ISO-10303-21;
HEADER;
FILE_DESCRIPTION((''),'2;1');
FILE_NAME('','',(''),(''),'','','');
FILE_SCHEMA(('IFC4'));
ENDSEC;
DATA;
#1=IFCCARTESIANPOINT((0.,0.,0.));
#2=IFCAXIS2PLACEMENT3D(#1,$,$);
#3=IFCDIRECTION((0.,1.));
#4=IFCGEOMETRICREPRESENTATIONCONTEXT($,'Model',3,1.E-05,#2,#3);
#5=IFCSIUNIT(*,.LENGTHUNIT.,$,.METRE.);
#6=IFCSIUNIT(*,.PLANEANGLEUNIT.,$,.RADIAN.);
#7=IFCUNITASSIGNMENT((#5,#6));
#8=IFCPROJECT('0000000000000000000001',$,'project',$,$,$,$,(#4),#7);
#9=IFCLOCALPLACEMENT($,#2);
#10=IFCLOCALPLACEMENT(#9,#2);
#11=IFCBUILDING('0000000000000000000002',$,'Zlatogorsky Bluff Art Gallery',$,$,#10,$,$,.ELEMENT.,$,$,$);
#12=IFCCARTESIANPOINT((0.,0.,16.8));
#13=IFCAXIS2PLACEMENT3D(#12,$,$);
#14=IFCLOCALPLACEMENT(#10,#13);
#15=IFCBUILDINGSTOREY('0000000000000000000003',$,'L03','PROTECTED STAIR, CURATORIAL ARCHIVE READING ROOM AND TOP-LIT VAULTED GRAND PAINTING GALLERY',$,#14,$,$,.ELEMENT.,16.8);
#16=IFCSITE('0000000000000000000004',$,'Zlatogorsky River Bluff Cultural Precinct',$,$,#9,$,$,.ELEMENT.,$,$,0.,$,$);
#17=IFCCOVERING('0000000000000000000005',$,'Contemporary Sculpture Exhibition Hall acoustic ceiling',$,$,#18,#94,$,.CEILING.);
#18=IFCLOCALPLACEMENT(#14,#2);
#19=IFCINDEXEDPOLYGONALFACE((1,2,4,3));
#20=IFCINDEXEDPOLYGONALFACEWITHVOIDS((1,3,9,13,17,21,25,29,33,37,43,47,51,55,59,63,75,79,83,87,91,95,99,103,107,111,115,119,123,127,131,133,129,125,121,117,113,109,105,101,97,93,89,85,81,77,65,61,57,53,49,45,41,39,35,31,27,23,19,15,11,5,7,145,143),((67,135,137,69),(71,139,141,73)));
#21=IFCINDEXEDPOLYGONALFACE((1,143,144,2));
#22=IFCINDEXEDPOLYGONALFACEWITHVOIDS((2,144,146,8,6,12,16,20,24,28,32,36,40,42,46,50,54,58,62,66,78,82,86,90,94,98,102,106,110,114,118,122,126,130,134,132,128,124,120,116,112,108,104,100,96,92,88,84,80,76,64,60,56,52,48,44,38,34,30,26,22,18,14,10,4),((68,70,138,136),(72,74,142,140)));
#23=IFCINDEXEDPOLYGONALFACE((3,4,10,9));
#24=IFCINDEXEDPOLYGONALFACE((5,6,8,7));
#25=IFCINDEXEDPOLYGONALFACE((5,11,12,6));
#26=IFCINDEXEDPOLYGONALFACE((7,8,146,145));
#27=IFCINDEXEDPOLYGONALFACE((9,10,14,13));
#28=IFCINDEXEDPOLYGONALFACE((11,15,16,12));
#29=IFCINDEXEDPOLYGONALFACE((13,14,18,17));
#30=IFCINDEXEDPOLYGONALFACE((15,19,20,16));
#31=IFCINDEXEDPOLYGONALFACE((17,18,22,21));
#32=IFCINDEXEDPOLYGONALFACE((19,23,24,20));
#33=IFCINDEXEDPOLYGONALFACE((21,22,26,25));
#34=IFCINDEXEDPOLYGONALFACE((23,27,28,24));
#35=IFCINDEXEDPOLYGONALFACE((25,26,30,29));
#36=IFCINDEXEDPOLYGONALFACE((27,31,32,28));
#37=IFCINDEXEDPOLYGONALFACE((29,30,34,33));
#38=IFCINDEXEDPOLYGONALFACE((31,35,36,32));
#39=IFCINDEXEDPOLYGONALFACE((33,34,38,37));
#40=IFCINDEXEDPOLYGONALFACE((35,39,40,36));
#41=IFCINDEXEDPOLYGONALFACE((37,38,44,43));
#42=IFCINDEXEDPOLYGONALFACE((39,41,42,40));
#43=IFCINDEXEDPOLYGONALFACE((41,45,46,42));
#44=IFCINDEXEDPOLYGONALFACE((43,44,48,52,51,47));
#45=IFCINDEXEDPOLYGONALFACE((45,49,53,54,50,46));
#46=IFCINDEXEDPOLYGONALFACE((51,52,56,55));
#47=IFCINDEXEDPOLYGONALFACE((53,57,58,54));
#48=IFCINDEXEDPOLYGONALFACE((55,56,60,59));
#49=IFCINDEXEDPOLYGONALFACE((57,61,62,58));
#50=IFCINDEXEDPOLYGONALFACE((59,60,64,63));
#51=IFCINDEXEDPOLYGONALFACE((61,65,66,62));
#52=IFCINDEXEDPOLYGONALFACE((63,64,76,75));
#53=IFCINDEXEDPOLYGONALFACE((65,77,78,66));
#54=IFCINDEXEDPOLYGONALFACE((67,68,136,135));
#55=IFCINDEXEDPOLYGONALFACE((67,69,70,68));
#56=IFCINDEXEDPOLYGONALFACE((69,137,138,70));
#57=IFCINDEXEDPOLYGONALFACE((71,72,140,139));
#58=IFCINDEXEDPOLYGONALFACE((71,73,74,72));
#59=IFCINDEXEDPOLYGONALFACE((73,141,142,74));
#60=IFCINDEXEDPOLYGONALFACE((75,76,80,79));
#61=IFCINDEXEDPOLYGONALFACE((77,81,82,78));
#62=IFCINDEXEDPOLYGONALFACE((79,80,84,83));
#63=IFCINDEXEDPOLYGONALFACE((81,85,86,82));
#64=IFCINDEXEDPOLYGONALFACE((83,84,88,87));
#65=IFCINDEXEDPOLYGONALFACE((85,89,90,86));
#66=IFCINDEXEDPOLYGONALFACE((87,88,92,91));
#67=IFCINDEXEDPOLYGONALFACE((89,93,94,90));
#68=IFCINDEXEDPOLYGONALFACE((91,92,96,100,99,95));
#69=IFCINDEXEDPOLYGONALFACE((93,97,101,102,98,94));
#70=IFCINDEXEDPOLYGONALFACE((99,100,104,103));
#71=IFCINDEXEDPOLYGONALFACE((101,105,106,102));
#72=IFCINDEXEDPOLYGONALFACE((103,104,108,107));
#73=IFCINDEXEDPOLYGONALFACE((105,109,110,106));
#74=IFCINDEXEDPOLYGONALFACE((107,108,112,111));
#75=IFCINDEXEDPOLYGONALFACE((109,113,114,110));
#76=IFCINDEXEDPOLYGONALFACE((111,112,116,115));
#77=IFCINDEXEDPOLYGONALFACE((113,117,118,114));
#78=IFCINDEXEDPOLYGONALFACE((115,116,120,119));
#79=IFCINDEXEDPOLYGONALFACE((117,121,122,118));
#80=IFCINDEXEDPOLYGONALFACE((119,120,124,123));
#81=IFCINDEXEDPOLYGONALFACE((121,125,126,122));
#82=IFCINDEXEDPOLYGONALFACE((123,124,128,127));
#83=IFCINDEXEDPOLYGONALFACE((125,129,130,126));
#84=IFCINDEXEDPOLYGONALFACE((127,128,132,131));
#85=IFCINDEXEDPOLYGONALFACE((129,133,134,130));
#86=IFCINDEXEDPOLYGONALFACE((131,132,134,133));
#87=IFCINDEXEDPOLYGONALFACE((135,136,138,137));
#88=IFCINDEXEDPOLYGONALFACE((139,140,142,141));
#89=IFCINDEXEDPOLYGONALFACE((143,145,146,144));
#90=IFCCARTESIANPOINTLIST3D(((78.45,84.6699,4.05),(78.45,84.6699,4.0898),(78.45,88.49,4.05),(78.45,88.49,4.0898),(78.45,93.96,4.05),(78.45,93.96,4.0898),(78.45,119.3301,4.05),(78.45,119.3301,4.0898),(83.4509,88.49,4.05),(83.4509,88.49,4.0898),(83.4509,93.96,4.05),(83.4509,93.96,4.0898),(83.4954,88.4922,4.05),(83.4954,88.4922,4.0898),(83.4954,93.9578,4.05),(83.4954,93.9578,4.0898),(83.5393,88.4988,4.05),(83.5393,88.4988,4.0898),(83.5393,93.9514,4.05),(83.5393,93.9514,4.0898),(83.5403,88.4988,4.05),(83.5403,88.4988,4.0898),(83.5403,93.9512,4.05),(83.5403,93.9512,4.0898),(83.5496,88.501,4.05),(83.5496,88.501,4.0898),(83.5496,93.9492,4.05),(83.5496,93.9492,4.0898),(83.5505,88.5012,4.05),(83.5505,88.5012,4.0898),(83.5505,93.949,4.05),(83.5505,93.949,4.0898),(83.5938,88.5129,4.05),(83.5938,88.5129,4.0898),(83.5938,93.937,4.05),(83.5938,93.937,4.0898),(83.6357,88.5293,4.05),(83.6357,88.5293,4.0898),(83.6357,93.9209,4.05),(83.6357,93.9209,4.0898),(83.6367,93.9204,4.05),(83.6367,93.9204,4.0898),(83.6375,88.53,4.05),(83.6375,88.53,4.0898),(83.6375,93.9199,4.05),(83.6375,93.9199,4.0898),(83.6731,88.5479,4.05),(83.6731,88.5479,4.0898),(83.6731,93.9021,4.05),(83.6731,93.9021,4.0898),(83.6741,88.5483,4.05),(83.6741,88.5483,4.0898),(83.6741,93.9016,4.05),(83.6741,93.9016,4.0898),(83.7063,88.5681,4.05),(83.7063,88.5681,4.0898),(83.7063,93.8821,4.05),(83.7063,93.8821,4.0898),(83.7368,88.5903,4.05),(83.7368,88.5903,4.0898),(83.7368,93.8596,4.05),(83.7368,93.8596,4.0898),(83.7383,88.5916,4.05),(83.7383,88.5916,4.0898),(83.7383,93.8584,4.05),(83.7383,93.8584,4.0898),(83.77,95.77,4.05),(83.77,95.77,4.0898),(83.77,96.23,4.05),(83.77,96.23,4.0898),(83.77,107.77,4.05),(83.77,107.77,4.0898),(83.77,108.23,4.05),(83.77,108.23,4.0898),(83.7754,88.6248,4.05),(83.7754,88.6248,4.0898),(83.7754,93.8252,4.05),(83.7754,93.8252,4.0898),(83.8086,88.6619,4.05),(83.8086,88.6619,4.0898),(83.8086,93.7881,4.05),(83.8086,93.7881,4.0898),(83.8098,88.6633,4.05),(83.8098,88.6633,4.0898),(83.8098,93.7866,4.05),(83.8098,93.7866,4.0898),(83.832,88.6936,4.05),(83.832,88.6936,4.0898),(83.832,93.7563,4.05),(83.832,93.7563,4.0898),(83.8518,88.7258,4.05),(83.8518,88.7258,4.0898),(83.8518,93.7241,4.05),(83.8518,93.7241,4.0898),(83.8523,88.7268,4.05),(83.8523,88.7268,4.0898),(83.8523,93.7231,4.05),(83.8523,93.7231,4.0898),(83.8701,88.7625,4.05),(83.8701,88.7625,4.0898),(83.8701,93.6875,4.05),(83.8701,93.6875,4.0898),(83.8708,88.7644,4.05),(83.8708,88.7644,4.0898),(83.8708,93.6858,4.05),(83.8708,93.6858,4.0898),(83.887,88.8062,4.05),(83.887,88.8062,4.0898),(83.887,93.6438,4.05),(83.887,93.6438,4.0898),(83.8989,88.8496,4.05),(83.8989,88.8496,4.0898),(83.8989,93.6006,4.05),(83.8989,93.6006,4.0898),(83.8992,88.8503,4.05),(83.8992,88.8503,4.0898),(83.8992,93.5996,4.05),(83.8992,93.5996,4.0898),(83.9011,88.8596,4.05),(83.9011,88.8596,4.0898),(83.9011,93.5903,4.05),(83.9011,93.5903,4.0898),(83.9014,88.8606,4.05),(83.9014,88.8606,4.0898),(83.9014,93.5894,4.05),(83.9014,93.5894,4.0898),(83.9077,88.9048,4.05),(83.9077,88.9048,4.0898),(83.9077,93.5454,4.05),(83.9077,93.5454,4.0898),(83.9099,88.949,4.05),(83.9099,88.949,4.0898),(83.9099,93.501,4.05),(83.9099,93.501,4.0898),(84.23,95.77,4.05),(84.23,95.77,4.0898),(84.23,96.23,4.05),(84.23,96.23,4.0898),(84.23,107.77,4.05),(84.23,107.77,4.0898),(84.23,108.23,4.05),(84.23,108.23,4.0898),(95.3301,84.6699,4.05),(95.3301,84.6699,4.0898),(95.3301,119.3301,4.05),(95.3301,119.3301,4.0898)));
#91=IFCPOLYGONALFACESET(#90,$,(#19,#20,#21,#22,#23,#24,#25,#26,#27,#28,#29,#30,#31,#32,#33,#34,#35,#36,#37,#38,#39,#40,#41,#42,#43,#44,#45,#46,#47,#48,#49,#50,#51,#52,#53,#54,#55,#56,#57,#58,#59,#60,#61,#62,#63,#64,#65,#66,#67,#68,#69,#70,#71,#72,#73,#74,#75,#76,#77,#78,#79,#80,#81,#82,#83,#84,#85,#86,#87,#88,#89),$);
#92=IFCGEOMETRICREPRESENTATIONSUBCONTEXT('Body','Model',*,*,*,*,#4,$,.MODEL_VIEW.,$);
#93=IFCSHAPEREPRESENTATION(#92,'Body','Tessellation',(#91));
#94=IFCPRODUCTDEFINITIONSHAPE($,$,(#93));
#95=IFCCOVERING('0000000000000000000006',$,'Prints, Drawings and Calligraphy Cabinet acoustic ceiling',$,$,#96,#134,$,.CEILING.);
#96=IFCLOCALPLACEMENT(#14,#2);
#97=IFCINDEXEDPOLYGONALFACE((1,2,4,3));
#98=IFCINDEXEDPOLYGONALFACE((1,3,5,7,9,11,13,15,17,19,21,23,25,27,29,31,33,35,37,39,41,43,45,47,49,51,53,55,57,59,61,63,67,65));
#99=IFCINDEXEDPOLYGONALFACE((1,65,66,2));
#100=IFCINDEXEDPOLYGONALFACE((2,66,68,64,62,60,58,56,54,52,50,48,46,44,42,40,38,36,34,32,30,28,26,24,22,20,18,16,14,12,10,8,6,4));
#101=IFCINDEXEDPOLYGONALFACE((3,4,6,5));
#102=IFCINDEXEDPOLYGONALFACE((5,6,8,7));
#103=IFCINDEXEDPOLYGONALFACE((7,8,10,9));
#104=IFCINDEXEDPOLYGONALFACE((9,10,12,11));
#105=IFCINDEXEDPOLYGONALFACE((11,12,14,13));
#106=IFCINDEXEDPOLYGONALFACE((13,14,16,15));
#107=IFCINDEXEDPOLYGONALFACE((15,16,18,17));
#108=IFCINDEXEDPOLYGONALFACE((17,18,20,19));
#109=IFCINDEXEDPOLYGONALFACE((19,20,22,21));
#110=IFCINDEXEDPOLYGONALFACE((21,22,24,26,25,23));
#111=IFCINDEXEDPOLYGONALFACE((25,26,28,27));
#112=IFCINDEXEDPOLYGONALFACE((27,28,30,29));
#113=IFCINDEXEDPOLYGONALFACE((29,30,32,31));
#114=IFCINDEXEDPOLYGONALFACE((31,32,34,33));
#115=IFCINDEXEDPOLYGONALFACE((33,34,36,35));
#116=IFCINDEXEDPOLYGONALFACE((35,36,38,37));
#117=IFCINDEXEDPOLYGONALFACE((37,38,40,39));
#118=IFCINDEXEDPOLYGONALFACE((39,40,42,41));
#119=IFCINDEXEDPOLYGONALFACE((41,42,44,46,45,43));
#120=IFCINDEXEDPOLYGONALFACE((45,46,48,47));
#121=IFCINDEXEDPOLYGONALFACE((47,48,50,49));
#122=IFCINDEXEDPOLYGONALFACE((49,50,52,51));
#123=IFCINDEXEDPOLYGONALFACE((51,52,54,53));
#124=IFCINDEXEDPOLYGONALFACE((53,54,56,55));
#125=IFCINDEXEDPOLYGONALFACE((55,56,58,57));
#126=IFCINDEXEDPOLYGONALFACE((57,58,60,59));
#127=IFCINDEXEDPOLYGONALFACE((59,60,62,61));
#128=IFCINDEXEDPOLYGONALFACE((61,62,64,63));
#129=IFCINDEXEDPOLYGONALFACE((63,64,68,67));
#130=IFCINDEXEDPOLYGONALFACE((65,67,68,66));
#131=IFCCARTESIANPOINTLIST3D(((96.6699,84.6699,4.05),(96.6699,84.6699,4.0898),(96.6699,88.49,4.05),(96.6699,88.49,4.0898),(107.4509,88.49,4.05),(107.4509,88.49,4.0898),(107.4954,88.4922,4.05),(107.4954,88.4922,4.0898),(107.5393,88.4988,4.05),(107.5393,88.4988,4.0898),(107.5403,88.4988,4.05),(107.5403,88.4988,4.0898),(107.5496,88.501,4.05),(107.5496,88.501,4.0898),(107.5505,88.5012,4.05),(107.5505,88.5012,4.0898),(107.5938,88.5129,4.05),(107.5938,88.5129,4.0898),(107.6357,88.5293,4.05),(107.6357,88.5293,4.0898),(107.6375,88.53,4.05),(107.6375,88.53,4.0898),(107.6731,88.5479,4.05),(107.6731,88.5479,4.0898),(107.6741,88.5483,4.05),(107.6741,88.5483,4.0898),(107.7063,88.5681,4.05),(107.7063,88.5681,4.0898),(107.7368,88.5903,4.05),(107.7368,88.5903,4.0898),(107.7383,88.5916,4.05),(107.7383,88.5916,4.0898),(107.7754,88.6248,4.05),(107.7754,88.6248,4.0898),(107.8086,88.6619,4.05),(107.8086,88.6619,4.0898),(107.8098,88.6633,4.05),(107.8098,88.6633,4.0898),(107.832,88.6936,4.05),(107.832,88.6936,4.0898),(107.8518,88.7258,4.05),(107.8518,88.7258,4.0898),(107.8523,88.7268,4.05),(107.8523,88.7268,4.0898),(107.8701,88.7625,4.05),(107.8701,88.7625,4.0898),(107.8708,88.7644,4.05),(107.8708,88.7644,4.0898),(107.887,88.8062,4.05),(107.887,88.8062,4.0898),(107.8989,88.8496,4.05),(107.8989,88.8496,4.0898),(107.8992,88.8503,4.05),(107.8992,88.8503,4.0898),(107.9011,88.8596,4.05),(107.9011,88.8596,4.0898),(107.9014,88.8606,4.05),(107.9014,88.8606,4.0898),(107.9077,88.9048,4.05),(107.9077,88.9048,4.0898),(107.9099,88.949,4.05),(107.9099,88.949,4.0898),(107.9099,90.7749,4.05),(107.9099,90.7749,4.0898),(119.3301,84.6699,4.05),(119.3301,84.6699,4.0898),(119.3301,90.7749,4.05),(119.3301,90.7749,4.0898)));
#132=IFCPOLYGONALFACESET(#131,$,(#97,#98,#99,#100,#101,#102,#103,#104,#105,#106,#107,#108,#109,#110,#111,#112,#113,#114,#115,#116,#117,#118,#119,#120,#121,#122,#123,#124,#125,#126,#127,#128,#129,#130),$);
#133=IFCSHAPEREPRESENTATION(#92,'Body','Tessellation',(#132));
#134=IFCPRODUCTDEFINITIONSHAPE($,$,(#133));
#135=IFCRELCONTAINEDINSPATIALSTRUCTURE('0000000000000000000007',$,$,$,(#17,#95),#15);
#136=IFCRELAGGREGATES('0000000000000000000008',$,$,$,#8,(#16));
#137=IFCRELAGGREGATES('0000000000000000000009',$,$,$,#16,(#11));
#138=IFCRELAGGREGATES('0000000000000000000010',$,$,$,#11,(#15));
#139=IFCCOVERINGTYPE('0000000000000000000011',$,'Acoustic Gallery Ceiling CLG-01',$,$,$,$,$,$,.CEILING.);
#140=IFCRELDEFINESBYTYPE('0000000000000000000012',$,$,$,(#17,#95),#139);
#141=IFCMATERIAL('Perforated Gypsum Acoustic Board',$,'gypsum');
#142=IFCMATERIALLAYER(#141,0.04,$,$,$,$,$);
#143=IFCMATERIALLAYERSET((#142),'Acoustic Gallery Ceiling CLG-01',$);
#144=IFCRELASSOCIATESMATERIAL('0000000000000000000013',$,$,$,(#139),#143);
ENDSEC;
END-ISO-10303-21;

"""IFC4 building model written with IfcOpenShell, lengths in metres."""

from ifc_helpers import new_model, si_unit, direction, frame, origin, place, context, subcontext, project, spatial, polyline, outline, extrude, material, layer, layer_set, type_object, element, save


model = new_model("IFC4")

# Units and contexts
model_context = context("Model", 3, precision=1e-05, world=origin(), true_north=direction((0.0, 1.0)))
body_context = subcontext(model_context, "Body", "Model", "MODEL_VIEW")
ifc_project = project(units=[si_unit("LENGTHUNIT", "METRE"), si_unit("PLANEANGLEUNIT", "RADIAN")], contexts=[model_context])

# Site, building, storey
site_placement = place(None, origin())
site = spatial("IfcSite", under=ifc_project, at=site_placement, Name="Zlatogorsky River Bluff Cultural Precinct", CompositionType="ELEMENT", RefElevation=0.0)
building_placement = place(site_placement, origin())
building = spatial("IfcBuilding", under=site, at=building_placement, Name="Zlatogorsky Bluff Art Gallery", CompositionType="ELEMENT")
storey_placement = place(building_placement, frame((0.0, 0.0, 16.8)))
storey = spatial("IfcBuildingStorey", under=building, at=storey_placement, Name="L03", Description="PROTECTED STAIR, CURATORIAL ARCHIVE READING ROOM AND TOP-LIT VAULTED GRAND PAINTING GALLERY", CompositionType="ELEMENT", Elevation=16.8)

# Coverings
ifc_material_1 = material(Name="Perforated Gypsum Acoustic Board", Category="gypsum")
ifc_layer_1 = layer(ifc_material_1, 0.04)
ifc_layer_set_1 = layer_set([ifc_layer_1], Name="Acoustic Gallery Ceiling CLG-01")
covering_type_1 = type_object("IfcCoveringType", Name="Acoustic Gallery Ceiling CLG-01", PredefinedType="CEILING", material=ifc_layer_set_1)
covering_1_placement = place(storey_placement, frame((0.0, 0.0, 4.05)))
element("IfcCovering", 1, at=covering_1_placement, inside=storey, type_object=covering_type_1, Name="Contemporary Sculpture Exhibition Hall acoustic ceiling", PredefinedType="CEILING", context=body_context, shape_type="SweptSolid", body=[
    extrude(outline(polyline([(78.45, 84.6699), (78.45, 88.49), (83.4509, 88.49), (83.4954, 88.4922), (83.5393, 88.4988), (83.5403, 88.4988), (83.5496, 88.501), (83.5505, 88.5012), (83.5938, 88.5129), (83.6357, 88.5293), (83.6375, 88.53), (83.6731, 88.5479), (83.6741, 88.5483), (83.7063, 88.5681), (83.7368, 88.5903), (83.7383, 88.5916), (83.7754, 88.6248), (83.8086, 88.6619), (83.8098, 88.6633), (83.832, 88.6936), (83.8518, 88.7258), (83.8523, 88.7268), (83.8701, 88.7625), (83.8708, 88.7644), (83.887, 88.8062), (83.8989, 88.8496), (83.8992, 88.8503), (83.9011, 88.8596), (83.9014, 88.8606), (83.9077, 88.9048), (83.9099, 88.949), (83.9099, 93.501), (83.9077, 93.5454), (83.9014, 93.5894), (83.9011, 93.5903), (83.8992, 93.5996), (83.8989, 93.6006), (83.887, 93.6438), (83.8708, 93.6858), (83.8701, 93.6875), (83.8523, 93.7231), (83.8518, 93.7241), (83.832, 93.7563), (83.8098, 93.7866), (83.8086, 93.7881), (83.7754, 93.8252), (83.7383, 93.8584), (83.7368, 93.8596), (83.7063, 93.8821), (83.6741, 93.9016), (83.6731, 93.9021), (83.6375, 93.9199), (83.6367, 93.9204), (83.6357, 93.9209), (83.5938, 93.937), (83.5505, 93.949), (83.5496, 93.9492), (83.5403, 93.9512), (83.5393, 93.9514), (83.4954, 93.9578), (83.4509, 93.96), (78.45, 93.96), (78.45, 119.3301), (95.3301, 119.3301), (95.3301, 84.6699), (78.45, 84.6699)]), holes=[polyline([(83.77, 95.77), (84.23, 95.77), (84.23, 96.23), (83.77, 96.23), (83.77, 95.77)]), polyline([(83.77, 107.77), (84.23, 107.77), (84.23, 108.23), (83.77, 108.23), (83.77, 107.77)])]), origin(), (0.0, 0.0, 1.0), 0.0398),
])
covering_2_placement = place(storey_placement, frame((0.0, 0.0, 4.05)))
element("IfcCovering", 2, at=covering_2_placement, inside=storey, type_object=covering_type_1, Name="Prints, Drawings and Calligraphy Cabinet acoustic ceiling", PredefinedType="CEILING", context=body_context, shape_type="SweptSolid", body=[
    extrude(outline(polyline([(107.4509, 88.49), (107.4954, 88.4922), (107.5393, 88.4988), (107.5403, 88.4988), (107.5496, 88.501), (107.5505, 88.5012), (107.5938, 88.5129), (107.6357, 88.5293), (107.6375, 88.53), (107.6731, 88.5479), (107.6741, 88.5483), (107.7063, 88.5681), (107.7368, 88.5903), (107.7383, 88.5916), (107.7754, 88.6248), (107.8086, 88.6619), (107.8098, 88.6633), (107.832, 88.6936), (107.8518, 88.7258), (107.8523, 88.7268), (107.8701, 88.7625), (107.8708, 88.7644), (107.887, 88.8062), (107.8989, 88.8496), (107.8992, 88.8503), (107.9011, 88.8596), (107.9014, 88.8606), (107.9077, 88.9048), (107.9099, 88.949), (107.9099, 90.7749), (119.3301, 90.7749), (119.3301, 84.6699), (96.6699, 84.6699), (96.6699, 88.49), (107.4509, 88.49)])), origin(), (0.0, 0.0, 1.0), 0.0398),
])

save(model, "model.ifc")
